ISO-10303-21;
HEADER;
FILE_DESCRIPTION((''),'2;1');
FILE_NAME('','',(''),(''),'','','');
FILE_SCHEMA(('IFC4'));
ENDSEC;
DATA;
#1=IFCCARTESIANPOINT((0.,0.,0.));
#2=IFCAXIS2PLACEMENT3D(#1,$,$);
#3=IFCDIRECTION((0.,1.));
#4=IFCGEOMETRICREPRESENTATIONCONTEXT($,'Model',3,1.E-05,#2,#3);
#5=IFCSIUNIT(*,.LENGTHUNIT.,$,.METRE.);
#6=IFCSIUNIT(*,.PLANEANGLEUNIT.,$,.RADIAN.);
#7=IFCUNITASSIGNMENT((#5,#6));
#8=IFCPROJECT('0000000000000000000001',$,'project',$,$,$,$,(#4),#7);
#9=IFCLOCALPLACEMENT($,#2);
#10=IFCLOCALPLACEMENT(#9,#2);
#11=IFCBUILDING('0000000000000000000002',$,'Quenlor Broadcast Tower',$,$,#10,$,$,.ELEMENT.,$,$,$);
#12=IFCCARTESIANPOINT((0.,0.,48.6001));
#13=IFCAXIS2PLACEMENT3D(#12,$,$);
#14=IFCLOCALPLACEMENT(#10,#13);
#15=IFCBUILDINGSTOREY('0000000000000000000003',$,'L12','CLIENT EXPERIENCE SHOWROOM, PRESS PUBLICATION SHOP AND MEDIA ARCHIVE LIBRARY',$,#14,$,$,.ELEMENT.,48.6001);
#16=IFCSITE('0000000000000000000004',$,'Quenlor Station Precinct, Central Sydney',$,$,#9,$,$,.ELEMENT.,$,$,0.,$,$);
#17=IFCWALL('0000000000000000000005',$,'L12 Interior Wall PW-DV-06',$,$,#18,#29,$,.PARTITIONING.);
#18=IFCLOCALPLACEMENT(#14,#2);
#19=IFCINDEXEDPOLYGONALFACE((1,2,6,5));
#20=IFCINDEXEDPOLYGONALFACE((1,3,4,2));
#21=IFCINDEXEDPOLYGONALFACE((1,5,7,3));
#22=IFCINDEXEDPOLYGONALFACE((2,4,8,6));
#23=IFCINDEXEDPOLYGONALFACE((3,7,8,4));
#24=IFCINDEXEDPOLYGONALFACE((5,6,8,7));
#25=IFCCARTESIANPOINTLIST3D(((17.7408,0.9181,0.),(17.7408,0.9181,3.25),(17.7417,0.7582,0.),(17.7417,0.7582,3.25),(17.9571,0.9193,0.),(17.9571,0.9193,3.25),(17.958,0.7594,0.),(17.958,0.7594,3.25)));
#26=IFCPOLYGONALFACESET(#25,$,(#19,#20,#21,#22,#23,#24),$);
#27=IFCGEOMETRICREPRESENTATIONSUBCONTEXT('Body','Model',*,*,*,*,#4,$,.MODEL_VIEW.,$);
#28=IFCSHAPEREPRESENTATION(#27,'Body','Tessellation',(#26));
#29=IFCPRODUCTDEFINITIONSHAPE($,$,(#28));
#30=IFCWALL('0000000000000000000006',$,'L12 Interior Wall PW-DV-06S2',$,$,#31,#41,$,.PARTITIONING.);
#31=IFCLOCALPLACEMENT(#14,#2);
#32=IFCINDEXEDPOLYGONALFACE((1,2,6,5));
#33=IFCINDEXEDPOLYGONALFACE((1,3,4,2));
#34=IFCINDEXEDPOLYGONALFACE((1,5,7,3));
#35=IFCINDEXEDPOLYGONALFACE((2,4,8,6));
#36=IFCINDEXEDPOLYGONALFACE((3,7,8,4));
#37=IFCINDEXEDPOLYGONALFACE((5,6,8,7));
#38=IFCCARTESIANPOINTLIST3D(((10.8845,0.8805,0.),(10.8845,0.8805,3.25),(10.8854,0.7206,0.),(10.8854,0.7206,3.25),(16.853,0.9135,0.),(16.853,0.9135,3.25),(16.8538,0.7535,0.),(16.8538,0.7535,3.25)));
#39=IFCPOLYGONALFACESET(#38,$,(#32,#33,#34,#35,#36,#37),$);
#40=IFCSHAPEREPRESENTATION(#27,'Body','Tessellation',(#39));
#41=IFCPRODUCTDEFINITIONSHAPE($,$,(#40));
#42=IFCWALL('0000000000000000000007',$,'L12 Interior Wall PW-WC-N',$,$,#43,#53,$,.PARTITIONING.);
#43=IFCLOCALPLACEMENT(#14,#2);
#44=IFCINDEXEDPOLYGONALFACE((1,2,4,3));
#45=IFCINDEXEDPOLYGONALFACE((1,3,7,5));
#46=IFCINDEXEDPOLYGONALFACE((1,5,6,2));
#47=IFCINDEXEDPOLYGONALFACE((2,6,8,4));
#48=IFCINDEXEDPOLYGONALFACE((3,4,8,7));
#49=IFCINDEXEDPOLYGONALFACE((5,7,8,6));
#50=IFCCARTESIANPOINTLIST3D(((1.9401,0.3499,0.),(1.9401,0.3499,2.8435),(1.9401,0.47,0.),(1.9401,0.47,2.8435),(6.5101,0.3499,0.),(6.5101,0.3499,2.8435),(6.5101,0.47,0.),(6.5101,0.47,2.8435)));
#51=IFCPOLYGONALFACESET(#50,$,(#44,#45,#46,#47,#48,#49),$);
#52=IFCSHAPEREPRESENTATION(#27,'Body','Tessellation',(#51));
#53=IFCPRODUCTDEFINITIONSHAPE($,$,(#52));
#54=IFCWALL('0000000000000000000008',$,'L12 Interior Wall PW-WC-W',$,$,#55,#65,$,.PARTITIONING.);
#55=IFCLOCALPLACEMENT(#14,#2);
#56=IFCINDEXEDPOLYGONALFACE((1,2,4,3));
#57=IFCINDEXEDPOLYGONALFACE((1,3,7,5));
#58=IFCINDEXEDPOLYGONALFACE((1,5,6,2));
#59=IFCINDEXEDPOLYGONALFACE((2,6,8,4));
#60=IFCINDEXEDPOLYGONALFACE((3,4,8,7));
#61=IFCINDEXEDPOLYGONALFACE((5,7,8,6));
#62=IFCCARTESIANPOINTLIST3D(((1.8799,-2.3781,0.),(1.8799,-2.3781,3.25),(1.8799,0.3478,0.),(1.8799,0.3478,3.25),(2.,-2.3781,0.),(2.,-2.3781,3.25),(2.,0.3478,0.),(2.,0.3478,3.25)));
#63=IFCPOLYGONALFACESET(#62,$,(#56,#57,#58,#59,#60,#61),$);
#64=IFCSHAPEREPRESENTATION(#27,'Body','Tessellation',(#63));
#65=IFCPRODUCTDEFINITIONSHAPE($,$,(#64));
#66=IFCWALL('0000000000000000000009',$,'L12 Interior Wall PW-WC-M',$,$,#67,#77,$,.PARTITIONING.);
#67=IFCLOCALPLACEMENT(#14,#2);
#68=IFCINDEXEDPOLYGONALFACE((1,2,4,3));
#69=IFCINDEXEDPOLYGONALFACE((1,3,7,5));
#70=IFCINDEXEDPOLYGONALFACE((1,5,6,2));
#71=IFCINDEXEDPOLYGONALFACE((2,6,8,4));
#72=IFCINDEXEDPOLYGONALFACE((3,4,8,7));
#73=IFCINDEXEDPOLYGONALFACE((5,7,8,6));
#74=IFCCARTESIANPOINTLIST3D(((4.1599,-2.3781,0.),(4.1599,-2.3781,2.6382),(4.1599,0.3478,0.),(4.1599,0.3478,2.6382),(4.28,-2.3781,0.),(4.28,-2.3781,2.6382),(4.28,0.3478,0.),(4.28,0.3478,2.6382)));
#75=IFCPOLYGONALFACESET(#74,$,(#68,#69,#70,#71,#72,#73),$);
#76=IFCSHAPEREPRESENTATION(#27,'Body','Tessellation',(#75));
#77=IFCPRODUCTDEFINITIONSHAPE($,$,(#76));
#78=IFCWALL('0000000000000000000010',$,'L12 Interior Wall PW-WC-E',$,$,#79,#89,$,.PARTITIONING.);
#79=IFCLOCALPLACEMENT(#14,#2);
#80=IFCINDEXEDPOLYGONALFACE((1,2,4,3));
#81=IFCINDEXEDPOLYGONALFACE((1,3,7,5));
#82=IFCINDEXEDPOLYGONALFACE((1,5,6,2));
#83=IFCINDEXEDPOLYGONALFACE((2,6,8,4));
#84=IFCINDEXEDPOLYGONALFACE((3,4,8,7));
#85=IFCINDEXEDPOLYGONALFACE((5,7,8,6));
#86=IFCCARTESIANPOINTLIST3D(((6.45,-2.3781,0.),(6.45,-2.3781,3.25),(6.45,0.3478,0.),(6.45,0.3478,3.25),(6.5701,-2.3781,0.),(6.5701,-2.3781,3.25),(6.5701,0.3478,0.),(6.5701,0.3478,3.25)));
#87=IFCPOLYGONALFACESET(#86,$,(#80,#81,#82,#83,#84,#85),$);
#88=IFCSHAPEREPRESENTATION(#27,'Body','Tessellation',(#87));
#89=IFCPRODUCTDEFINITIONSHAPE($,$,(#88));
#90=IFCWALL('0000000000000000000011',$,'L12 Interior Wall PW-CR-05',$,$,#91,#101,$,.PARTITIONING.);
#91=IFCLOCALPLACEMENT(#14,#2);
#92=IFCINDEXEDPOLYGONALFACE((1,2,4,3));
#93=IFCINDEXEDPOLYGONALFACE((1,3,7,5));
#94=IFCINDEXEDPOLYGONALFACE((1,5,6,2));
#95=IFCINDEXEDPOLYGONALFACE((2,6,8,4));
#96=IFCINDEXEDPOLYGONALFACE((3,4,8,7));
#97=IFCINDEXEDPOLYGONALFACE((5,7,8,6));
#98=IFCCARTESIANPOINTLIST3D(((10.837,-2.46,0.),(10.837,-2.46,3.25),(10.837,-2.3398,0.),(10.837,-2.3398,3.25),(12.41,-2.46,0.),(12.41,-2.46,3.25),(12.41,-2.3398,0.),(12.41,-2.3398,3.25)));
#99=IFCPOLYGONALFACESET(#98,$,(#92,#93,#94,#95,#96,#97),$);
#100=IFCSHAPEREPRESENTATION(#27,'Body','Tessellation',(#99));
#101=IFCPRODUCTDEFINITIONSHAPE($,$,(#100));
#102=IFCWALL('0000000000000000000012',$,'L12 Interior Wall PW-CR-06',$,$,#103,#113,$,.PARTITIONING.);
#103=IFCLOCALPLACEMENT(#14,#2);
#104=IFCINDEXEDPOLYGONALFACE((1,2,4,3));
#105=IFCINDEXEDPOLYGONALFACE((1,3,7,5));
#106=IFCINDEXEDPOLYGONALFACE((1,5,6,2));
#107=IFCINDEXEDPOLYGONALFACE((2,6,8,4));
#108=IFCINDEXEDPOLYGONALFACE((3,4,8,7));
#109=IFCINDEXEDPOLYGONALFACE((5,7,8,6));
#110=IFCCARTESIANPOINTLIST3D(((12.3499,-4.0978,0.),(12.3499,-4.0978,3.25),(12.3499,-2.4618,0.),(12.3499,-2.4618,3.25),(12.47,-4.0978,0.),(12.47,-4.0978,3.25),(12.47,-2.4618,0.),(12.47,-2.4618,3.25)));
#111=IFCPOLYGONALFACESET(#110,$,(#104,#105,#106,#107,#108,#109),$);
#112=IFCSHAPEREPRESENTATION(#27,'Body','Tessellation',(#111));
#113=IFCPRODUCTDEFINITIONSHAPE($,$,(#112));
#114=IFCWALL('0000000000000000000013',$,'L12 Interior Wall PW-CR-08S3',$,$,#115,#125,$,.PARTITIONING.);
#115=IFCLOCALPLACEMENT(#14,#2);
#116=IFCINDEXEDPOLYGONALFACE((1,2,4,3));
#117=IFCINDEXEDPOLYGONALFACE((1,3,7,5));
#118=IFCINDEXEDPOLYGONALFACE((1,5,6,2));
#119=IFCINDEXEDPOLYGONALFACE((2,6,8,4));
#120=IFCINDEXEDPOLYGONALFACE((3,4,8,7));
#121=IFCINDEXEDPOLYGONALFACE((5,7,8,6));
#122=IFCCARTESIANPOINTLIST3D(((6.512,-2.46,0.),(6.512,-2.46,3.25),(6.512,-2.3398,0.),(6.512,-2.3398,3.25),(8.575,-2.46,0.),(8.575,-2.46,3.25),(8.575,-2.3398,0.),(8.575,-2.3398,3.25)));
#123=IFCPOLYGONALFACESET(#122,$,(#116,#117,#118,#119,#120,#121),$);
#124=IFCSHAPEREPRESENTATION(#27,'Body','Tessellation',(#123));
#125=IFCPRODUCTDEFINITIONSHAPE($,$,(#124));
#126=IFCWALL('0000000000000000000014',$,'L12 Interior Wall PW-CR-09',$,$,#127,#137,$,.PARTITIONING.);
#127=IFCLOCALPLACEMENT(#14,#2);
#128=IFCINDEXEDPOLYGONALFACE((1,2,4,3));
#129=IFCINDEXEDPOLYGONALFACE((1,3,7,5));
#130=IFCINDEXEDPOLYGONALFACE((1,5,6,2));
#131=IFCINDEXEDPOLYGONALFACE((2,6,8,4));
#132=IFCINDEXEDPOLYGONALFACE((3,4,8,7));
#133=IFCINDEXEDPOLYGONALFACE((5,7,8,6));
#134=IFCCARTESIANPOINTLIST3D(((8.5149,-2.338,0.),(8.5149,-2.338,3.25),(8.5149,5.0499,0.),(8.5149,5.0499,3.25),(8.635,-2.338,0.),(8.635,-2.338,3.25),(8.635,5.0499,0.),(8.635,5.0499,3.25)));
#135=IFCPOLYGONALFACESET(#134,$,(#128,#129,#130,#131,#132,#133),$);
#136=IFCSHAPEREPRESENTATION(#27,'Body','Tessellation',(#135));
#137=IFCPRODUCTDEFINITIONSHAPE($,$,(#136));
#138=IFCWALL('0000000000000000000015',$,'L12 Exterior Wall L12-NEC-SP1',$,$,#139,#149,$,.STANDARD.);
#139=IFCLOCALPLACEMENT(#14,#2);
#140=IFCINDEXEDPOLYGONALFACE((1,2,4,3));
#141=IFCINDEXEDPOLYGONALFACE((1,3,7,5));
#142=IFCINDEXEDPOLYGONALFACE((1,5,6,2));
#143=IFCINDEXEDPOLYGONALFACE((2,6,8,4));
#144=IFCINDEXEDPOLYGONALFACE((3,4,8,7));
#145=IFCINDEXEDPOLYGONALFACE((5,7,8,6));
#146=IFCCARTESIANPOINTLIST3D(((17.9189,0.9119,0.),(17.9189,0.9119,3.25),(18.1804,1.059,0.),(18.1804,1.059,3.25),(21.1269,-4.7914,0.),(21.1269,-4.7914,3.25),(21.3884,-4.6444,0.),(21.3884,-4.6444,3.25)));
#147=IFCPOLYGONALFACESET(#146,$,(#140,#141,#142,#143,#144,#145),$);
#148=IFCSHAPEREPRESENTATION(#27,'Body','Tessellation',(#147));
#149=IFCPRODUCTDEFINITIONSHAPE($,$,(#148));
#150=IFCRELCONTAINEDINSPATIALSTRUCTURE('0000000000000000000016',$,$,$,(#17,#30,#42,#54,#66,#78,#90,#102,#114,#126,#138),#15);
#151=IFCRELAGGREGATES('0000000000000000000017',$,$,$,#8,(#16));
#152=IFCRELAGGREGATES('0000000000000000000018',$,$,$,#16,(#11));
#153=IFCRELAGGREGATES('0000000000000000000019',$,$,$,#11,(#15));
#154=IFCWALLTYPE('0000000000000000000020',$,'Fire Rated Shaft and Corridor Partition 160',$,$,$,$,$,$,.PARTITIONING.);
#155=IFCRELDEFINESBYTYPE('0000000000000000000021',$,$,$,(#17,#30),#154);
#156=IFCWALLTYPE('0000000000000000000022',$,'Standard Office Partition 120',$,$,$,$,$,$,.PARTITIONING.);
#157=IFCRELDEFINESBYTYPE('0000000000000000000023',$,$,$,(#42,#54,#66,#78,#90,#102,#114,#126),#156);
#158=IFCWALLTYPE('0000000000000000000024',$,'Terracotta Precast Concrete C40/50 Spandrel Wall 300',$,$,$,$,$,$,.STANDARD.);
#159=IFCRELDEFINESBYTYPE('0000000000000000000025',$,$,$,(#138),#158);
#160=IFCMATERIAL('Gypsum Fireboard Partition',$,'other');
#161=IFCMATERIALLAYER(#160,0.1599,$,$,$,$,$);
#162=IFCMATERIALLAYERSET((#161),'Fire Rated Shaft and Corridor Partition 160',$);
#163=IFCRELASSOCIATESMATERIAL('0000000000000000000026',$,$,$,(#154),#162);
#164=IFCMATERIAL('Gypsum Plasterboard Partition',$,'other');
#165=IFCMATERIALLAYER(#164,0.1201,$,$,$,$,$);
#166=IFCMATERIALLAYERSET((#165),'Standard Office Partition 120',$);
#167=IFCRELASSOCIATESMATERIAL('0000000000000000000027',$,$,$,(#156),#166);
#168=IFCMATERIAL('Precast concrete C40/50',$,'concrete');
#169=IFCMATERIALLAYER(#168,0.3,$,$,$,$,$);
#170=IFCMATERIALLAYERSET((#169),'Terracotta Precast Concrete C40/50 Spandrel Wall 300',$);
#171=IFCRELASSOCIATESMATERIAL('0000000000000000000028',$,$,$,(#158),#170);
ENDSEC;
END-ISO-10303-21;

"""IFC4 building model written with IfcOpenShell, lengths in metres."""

from ifc_helpers import new_model, si_unit, direction, frame, frame_2d, origin, place, context, subcontext, project, spatial, rectangle, extrude, material, layer, layer_set, type_object, element, save


model = new_model("IFC4")

# Units and contexts
model_context = context("Model", 3, precision=1e-05, world=origin(), true_north=direction((0.0, 1.0)))
body_context = subcontext(model_context, "Body", "Model", "MODEL_VIEW")
ifc_project = project(units=[si_unit("LENGTHUNIT", "METRE"), si_unit("PLANEANGLEUNIT", "RADIAN")], contexts=[model_context])

# Site, building, storey
site_placement = place(None, origin())
site = spatial("IfcSite", under=ifc_project, at=site_placement, Name="Quenlor Station Precinct, Central Sydney", CompositionType="ELEMENT", RefElevation=0.0)
building_placement = place(site_placement, origin())
building = spatial("IfcBuilding", under=site, at=building_placement, Name="Quenlor Broadcast Tower", CompositionType="ELEMENT")
storey_placement = place(building_placement, frame((0.0, 0.0, 48.6001)))
storey = spatial("IfcBuildingStorey", under=building, at=storey_placement, Name="L12", Description="CLIENT EXPERIENCE SHOWROOM, PRESS PUBLICATION SHOP AND MEDIA ARCHIVE LIBRARY", CompositionType="ELEMENT", Elevation=48.6001)

# Walls
ifc_material_1 = material(Name="Gypsum Fireboard Partition", Category="other")
ifc_layer_1 = layer(ifc_material_1, 0.1599)
ifc_layer_set_1 = layer_set([ifc_layer_1], Name="Fire Rated Shaft and Corridor Partition 160")
wall_type_1 = type_object("IfcWallType", Name="Fire Rated Shaft and Corridor Partition 160", PredefinedType="PARTITIONING", material=ifc_layer_set_1)
wall_1_placement = place(storey_placement, frame((17.9575, 0.8394, 0.0), z_axis=(0.0, 0.0, 1.0), x_axis=(-0.999984, -0.005643, 0.0)))
element("IfcWall", 1, at=wall_1_placement, inside=storey, type_object=wall_type_1, Name="L12 Interior Wall PW-DV-06", PredefinedType="PARTITIONING", context=body_context, shape_type="SweptSolid", body=[
    extrude(rectangle(XDim=0.2163, YDim=0.1599, at=frame_2d((0.1082, 0.0))), origin(), (0.0, 0.0, 1.0), 3.25),
])
wall_2_placement = place(storey_placement, frame((16.8535, 0.8335, 0.0), z_axis=(0.0, 0.0, 1.0), x_axis=(-0.999985, -0.005522, 0.0)))
element("IfcWall", 2, at=wall_2_placement, inside=storey, type_object=wall_type_1, Name="L12 Interior Wall PW-DV-06S2", PredefinedType="PARTITIONING", context=body_context, shape_type="SweptSolid", body=[
    extrude(rectangle(XDim=5.9685, YDim=0.1599, at=frame_2d((2.9844, 0.0))), origin(), (0.0, 0.0, 1.0), 3.25),
])

# Shared definitions
ifc_material_2 = material(Name="Gypsum Plasterboard Partition", Category="other")
ifc_layer_2 = layer(ifc_material_2, 0.1201)
ifc_layer_set_2 = layer_set([ifc_layer_2], Name="Standard Office Partition 120")
wall_type_2 = type_object("IfcWallType", Name="Standard Office Partition 120", PredefinedType="PARTITIONING", material=ifc_layer_set_2)

# Walls
wall_3_placement = place(storey_placement, frame((1.9399, 0.4099, 0.0), z_axis=(0.0, 0.0, 1.0), x_axis=(1.0, 0.0, 0.0)))
element("IfcWall", 3, at=wall_3_placement, inside=storey, type_object=wall_type_2, Name="L12 Interior Wall PW-WC-N", PredefinedType="PARTITIONING", context=body_context, shape_type="SweptSolid", body=[
    extrude(rectangle(XDim=4.5701, YDim=0.1201, at=frame_2d((2.2852, 0.0))), origin(), (0.0, 0.0, 1.0), 2.8435),
])
wall_4_placement = place(storey_placement, frame((1.9399, -2.3779, 0.0), z_axis=(0.0, 0.0, 1.0), x_axis=(0.0, 1.0, 0.0)))
element("IfcWall", 4, at=wall_4_placement, inside=storey, type_object=wall_type_2, Name="L12 Interior Wall PW-WC-W", PredefinedType="PARTITIONING", context=body_context, shape_type="SweptSolid", body=[
    extrude(rectangle(XDim=2.7258, YDim=0.1201, at=frame_2d((1.3628, 0.0))), origin(), (0.0, 0.0, 1.0), 3.25),
])
wall_5_placement = place(storey_placement, frame((4.22, -2.3779, 0.0), z_axis=(0.0, 0.0, 1.0), x_axis=(0.0, 1.0, 0.0)))
element("IfcWall", 5, at=wall_5_placement, inside=storey, type_object=wall_type_2, Name="L12 Interior Wall PW-WC-M", PredefinedType="PARTITIONING", context=body_context, shape_type="SweptSolid", body=[
    extrude(rectangle(XDim=2.7258, YDim=0.1201, at=frame_2d((1.3628, 0.0))), origin(), (0.0, 0.0, 1.0), 2.6382),
])
wall_6_placement = place(storey_placement, frame((6.51, -2.3779, 0.0), z_axis=(0.0, 0.0, 1.0), x_axis=(0.0, 1.0, 0.0)))
element("IfcWall", 6, at=wall_6_placement, inside=storey, type_object=wall_type_2, Name="L12 Interior Wall PW-WC-E", PredefinedType="PARTITIONING", context=body_context, shape_type="SweptSolid", body=[
    extrude(rectangle(XDim=2.7258, YDim=0.1201, at=frame_2d((1.3628, 0.0))), origin(), (0.0, 0.0, 1.0), 3.25),
])
wall_7_placement = place(storey_placement, frame((10.8369, -2.3999, 0.0), z_axis=(0.0, 0.0, 1.0), x_axis=(1.0, 0.0, 0.0)))
element("IfcWall", 7, at=wall_7_placement, inside=storey, type_object=wall_type_2, Name="L12 Interior Wall PW-CR-05", PredefinedType="PARTITIONING", context=body_context, shape_type="SweptSolid", body=[
    extrude(rectangle(XDim=1.573, YDim=0.1201, at=frame_2d((0.7866, 0.0))), origin(), (0.0, 0.0, 1.0), 3.25),
])
wall_8_placement = place(storey_placement, frame((12.4099, -2.4619, 0.0), z_axis=(0.0, 0.0, 1.0), x_axis=(0.0, -1.0, 0.0)))
element("IfcWall", 8, at=wall_8_placement, inside=storey, type_object=wall_type_2, Name="L12 Interior Wall PW-CR-06", PredefinedType="PARTITIONING", context=body_context, shape_type="SweptSolid", body=[
    extrude(rectangle(XDim=1.636, YDim=0.1201, at=frame_2d((0.8179, 0.0))), origin(), (0.0, 0.0, 1.0), 3.25),
])
wall_9_placement = place(storey_placement, frame((6.512, -2.3999, 0.0), z_axis=(0.0, 0.0, 1.0), x_axis=(1.0, 0.0, 0.0)))
element("IfcWall", 9, at=wall_9_placement, inside=storey, type_object=wall_type_2, Name="L12 Interior Wall PW-CR-08S3", PredefinedType="PARTITIONING", context=body_context, shape_type="SweptSolid", body=[
    extrude(rectangle(XDim=2.063, YDim=0.1201, at=frame_2d((1.0315, 0.0))), origin(), (0.0, 0.0, 1.0), 3.25),
])
wall_10_placement = place(storey_placement, frame((8.575, -2.3379, 0.0), z_axis=(0.0, 0.0, 1.0), x_axis=(0.0, 1.0, 0.0)))
element("IfcWall", 10, at=wall_10_placement, inside=storey, type_object=wall_type_2, Name="L12 Interior Wall PW-CR-09", PredefinedType="PARTITIONING", context=body_context, shape_type="SweptSolid", body=[
    extrude(rectangle(XDim=7.3879, YDim=0.1201, at=frame_2d((3.6938, 0.0))), origin(), (0.0, 0.0, 1.0), 3.25),
])
ifc_material_3 = material(Name="Precast concrete C40/50", Category="concrete")
ifc_layer_3 = layer(ifc_material_3, 0.3)
ifc_layer_set_3 = layer_set([ifc_layer_3], Name="Terracotta Precast Concrete C40/50 Spandrel Wall 300")
wall_type_3 = type_object("IfcWallType", Name="Terracotta Precast Concrete C40/50 Spandrel Wall 300", PredefinedType="STANDARD", material=ifc_layer_set_3)
wall_11_placement = place(storey_placement, frame((18.0496, 0.9856, 0.0), z_axis=(0.0, 0.0, 1.0), x_axis=(0.490245, -0.871585, 0.0)))
element("IfcWall", 11, at=wall_11_placement, inside=storey, type_object=wall_type_3, Name="L12 Exterior Wall L12-NEC-SP1", PredefinedType="STANDARD", context=body_context, shape_type="SweptSolid", body=[
    extrude(rectangle(XDim=6.5437, YDim=0.3, at=frame_2d((3.272, 0.0))), origin(), (0.0, 0.0, 1.0), 3.25),
])

save(model, "model.ifc")
